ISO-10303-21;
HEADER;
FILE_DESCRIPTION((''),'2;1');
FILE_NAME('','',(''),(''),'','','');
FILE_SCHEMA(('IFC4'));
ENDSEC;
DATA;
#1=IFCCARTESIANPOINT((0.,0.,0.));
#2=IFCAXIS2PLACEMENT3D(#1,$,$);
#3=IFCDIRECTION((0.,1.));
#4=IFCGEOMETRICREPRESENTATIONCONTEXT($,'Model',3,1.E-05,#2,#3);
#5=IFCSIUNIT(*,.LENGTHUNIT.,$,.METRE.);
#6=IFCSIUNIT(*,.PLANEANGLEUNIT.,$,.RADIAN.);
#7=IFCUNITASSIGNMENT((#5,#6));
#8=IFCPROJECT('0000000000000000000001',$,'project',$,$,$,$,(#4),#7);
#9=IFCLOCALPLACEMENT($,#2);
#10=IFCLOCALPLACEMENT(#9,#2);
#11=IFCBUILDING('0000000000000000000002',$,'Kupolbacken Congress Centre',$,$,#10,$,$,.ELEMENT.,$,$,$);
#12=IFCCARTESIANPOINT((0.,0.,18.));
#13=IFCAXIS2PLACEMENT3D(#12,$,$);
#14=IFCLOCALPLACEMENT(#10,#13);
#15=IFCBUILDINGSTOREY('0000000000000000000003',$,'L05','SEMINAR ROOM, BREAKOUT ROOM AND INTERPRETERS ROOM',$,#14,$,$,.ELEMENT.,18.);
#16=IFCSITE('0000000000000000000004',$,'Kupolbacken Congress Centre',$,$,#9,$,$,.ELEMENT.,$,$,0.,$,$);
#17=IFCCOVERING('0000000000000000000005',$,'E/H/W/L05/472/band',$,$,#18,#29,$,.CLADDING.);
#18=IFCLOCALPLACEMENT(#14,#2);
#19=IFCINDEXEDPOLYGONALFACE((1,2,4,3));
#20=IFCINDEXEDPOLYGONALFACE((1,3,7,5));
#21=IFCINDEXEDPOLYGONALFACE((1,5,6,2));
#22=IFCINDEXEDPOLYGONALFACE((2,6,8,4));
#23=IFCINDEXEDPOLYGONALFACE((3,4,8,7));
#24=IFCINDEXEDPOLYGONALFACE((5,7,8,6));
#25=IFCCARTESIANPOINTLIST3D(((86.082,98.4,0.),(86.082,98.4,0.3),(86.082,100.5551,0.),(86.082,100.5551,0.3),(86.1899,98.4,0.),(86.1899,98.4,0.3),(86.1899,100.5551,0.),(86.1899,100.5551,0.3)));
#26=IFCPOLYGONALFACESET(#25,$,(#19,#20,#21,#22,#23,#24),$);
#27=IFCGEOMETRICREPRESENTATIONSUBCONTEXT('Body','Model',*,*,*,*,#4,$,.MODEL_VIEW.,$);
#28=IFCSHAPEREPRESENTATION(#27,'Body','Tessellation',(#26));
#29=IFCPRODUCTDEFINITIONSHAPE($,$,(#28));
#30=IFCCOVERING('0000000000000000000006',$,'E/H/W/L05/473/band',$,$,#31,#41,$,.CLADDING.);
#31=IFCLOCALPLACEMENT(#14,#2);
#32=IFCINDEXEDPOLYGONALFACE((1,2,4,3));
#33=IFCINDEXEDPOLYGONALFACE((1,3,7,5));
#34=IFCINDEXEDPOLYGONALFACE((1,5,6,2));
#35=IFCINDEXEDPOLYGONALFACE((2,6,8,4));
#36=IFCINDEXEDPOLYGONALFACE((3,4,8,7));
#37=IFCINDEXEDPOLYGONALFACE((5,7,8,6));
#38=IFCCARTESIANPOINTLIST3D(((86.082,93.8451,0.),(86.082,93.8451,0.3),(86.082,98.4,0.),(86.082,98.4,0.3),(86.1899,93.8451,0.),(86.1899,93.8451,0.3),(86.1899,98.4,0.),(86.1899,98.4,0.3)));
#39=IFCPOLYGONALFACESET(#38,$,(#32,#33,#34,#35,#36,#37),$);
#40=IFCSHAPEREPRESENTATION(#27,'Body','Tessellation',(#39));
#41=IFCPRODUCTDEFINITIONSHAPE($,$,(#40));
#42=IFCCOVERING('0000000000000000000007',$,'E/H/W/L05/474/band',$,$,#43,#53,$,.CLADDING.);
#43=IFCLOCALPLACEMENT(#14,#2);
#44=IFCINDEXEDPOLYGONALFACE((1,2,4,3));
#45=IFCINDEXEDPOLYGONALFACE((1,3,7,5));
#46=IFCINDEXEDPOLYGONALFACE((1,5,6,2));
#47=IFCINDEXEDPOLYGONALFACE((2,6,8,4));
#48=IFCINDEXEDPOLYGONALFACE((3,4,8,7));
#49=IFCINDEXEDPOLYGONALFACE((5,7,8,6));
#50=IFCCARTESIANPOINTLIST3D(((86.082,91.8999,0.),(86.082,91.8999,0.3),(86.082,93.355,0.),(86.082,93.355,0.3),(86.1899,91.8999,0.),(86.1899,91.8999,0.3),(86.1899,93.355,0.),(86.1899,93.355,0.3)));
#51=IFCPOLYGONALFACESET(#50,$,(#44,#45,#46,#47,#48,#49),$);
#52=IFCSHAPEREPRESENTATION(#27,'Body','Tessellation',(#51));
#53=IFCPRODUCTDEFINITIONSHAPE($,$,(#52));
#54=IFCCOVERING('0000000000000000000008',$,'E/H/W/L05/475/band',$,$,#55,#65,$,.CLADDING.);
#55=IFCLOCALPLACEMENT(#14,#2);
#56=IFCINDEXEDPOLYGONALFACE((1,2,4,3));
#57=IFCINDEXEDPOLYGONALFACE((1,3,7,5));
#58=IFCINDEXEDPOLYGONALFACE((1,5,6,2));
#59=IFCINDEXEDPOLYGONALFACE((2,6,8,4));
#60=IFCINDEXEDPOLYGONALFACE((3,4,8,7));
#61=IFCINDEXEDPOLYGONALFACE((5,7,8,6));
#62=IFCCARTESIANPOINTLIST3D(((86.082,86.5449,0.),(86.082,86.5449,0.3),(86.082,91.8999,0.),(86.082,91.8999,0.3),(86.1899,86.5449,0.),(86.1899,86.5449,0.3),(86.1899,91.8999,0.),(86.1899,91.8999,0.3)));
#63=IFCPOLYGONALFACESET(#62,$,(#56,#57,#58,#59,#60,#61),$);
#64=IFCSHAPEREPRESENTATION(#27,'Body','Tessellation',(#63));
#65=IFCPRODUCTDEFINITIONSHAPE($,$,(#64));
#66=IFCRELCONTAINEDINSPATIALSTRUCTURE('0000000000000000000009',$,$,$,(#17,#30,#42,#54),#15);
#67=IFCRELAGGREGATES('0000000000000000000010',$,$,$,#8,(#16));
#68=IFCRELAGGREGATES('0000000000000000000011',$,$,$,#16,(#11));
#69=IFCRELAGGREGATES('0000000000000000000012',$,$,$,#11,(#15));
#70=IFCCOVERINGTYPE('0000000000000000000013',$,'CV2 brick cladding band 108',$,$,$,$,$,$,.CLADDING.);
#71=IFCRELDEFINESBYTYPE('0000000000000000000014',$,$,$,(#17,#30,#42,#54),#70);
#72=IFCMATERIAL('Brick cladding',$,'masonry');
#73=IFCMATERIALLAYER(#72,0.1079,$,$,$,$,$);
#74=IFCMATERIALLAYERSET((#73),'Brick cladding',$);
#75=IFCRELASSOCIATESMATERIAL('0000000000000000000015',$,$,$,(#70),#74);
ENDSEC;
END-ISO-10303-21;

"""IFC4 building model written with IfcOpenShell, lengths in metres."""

from ifc_helpers import new_model, si_unit, direction, frame, origin, origin_2d, place, context, subcontext, project, spatial, rectangle, extrude, material, layer, layer_set, type_object, element, save


model = new_model("IFC4")

# Units and contexts
model_context = context("Model", 3, precision=1e-05, world=origin(), true_north=direction((0.0, 1.0)))
body_context = subcontext(model_context, "Body", "Model", "MODEL_VIEW")
ifc_project = project(units=[si_unit("LENGTHUNIT", "METRE"), si_unit("PLANEANGLEUNIT", "RADIAN")], contexts=[model_context])

# Site, building, storey
site_placement = place(None, origin())
site = spatial("IfcSite", under=ifc_project, at=site_placement, Name="Kupolbacken Congress Centre", CompositionType="ELEMENT", RefElevation=0.0)
building_placement = place(site_placement, origin())
building = spatial("IfcBuilding", under=site, at=building_placement, Name="Kupolbacken Congress Centre", CompositionType="ELEMENT")
storey_placement = place(building_placement, frame((0.0, 0.0, 18.0)))
storey = spatial("IfcBuildingStorey", under=building, at=storey_placement, Name="L05", Description="SEMINAR ROOM, BREAKOUT ROOM AND INTERPRETERS ROOM", CompositionType="ELEMENT", Elevation=18.0)

# Coverings
ifc_material_1 = material(Name="Brick cladding", Category="masonry")
ifc_layer_1 = layer(ifc_material_1, 0.1079)
ifc_layer_set_1 = layer_set([ifc_layer_1], Name="Brick cladding")
covering_type = type_object("IfcCoveringType", Name="CV2 brick cladding band 108", PredefinedType="CLADDING", material=ifc_layer_set_1)
covering_1_placement = place(storey_placement, frame((86.136, 99.4775, 0.0), z_axis=(0.0, 0.0, 1.0), x_axis=(0.0, -1.0, 0.0)))
element("IfcCovering", 1, at=covering_1_placement, inside=storey, type_object=covering_type, Name="E/H/W/L05/472/band", PredefinedType="CLADDING", context=body_context, shape_type="SweptSolid", body=[
    extrude(rectangle(XDim=2.155, YDim=0.1079, at=origin_2d()), origin(), (0.0, 0.0, 1.0), 0.3),
])
covering_2_placement = place(storey_placement, frame((86.136, 96.1226, 0.0), z_axis=(0.0, 0.0, 1.0), x_axis=(0.0, -1.0, 0.0)))
element("IfcCovering", 2, at=covering_2_placement, inside=storey, type_object=covering_type, Name="E/H/W/L05/473/band", PredefinedType="CLADDING", context=body_context, shape_type="SweptSolid", body=[
    extrude(rectangle(XDim=4.5549, YDim=0.1079, at=origin_2d()), origin(), (0.0, 0.0, 1.0), 0.3),
])
covering_3_placement = place(storey_placement, frame((86.136, 92.6274, 0.0), z_axis=(0.0, 0.0, 1.0), x_axis=(0.0, -1.0, 0.0)))
element("IfcCovering", 3, at=covering_3_placement, inside=storey, type_object=covering_type, Name="E/H/W/L05/474/band", PredefinedType="CLADDING", context=body_context, shape_type="SweptSolid", body=[
    extrude(rectangle(XDim=1.4551, YDim=0.1079, at=origin_2d()), origin(), (0.0, 0.0, 1.0), 0.3),
])
covering_4_placement = place(storey_placement, frame((86.136, 89.2224, 0.0), z_axis=(0.0, 0.0, 1.0), x_axis=(0.0, -1.0, 0.0)))
element("IfcCovering", 4, at=covering_4_placement, inside=storey, type_object=covering_type, Name="E/H/W/L05/475/band", PredefinedType="CLADDING", context=body_context, shape_type="SweptSolid", body=[
    extrude(rectangle(XDim=5.355, YDim=0.1079, at=origin_2d()), origin(), (0.0, 0.0, 1.0), 0.3),
])

save(model, "model.ifc")
